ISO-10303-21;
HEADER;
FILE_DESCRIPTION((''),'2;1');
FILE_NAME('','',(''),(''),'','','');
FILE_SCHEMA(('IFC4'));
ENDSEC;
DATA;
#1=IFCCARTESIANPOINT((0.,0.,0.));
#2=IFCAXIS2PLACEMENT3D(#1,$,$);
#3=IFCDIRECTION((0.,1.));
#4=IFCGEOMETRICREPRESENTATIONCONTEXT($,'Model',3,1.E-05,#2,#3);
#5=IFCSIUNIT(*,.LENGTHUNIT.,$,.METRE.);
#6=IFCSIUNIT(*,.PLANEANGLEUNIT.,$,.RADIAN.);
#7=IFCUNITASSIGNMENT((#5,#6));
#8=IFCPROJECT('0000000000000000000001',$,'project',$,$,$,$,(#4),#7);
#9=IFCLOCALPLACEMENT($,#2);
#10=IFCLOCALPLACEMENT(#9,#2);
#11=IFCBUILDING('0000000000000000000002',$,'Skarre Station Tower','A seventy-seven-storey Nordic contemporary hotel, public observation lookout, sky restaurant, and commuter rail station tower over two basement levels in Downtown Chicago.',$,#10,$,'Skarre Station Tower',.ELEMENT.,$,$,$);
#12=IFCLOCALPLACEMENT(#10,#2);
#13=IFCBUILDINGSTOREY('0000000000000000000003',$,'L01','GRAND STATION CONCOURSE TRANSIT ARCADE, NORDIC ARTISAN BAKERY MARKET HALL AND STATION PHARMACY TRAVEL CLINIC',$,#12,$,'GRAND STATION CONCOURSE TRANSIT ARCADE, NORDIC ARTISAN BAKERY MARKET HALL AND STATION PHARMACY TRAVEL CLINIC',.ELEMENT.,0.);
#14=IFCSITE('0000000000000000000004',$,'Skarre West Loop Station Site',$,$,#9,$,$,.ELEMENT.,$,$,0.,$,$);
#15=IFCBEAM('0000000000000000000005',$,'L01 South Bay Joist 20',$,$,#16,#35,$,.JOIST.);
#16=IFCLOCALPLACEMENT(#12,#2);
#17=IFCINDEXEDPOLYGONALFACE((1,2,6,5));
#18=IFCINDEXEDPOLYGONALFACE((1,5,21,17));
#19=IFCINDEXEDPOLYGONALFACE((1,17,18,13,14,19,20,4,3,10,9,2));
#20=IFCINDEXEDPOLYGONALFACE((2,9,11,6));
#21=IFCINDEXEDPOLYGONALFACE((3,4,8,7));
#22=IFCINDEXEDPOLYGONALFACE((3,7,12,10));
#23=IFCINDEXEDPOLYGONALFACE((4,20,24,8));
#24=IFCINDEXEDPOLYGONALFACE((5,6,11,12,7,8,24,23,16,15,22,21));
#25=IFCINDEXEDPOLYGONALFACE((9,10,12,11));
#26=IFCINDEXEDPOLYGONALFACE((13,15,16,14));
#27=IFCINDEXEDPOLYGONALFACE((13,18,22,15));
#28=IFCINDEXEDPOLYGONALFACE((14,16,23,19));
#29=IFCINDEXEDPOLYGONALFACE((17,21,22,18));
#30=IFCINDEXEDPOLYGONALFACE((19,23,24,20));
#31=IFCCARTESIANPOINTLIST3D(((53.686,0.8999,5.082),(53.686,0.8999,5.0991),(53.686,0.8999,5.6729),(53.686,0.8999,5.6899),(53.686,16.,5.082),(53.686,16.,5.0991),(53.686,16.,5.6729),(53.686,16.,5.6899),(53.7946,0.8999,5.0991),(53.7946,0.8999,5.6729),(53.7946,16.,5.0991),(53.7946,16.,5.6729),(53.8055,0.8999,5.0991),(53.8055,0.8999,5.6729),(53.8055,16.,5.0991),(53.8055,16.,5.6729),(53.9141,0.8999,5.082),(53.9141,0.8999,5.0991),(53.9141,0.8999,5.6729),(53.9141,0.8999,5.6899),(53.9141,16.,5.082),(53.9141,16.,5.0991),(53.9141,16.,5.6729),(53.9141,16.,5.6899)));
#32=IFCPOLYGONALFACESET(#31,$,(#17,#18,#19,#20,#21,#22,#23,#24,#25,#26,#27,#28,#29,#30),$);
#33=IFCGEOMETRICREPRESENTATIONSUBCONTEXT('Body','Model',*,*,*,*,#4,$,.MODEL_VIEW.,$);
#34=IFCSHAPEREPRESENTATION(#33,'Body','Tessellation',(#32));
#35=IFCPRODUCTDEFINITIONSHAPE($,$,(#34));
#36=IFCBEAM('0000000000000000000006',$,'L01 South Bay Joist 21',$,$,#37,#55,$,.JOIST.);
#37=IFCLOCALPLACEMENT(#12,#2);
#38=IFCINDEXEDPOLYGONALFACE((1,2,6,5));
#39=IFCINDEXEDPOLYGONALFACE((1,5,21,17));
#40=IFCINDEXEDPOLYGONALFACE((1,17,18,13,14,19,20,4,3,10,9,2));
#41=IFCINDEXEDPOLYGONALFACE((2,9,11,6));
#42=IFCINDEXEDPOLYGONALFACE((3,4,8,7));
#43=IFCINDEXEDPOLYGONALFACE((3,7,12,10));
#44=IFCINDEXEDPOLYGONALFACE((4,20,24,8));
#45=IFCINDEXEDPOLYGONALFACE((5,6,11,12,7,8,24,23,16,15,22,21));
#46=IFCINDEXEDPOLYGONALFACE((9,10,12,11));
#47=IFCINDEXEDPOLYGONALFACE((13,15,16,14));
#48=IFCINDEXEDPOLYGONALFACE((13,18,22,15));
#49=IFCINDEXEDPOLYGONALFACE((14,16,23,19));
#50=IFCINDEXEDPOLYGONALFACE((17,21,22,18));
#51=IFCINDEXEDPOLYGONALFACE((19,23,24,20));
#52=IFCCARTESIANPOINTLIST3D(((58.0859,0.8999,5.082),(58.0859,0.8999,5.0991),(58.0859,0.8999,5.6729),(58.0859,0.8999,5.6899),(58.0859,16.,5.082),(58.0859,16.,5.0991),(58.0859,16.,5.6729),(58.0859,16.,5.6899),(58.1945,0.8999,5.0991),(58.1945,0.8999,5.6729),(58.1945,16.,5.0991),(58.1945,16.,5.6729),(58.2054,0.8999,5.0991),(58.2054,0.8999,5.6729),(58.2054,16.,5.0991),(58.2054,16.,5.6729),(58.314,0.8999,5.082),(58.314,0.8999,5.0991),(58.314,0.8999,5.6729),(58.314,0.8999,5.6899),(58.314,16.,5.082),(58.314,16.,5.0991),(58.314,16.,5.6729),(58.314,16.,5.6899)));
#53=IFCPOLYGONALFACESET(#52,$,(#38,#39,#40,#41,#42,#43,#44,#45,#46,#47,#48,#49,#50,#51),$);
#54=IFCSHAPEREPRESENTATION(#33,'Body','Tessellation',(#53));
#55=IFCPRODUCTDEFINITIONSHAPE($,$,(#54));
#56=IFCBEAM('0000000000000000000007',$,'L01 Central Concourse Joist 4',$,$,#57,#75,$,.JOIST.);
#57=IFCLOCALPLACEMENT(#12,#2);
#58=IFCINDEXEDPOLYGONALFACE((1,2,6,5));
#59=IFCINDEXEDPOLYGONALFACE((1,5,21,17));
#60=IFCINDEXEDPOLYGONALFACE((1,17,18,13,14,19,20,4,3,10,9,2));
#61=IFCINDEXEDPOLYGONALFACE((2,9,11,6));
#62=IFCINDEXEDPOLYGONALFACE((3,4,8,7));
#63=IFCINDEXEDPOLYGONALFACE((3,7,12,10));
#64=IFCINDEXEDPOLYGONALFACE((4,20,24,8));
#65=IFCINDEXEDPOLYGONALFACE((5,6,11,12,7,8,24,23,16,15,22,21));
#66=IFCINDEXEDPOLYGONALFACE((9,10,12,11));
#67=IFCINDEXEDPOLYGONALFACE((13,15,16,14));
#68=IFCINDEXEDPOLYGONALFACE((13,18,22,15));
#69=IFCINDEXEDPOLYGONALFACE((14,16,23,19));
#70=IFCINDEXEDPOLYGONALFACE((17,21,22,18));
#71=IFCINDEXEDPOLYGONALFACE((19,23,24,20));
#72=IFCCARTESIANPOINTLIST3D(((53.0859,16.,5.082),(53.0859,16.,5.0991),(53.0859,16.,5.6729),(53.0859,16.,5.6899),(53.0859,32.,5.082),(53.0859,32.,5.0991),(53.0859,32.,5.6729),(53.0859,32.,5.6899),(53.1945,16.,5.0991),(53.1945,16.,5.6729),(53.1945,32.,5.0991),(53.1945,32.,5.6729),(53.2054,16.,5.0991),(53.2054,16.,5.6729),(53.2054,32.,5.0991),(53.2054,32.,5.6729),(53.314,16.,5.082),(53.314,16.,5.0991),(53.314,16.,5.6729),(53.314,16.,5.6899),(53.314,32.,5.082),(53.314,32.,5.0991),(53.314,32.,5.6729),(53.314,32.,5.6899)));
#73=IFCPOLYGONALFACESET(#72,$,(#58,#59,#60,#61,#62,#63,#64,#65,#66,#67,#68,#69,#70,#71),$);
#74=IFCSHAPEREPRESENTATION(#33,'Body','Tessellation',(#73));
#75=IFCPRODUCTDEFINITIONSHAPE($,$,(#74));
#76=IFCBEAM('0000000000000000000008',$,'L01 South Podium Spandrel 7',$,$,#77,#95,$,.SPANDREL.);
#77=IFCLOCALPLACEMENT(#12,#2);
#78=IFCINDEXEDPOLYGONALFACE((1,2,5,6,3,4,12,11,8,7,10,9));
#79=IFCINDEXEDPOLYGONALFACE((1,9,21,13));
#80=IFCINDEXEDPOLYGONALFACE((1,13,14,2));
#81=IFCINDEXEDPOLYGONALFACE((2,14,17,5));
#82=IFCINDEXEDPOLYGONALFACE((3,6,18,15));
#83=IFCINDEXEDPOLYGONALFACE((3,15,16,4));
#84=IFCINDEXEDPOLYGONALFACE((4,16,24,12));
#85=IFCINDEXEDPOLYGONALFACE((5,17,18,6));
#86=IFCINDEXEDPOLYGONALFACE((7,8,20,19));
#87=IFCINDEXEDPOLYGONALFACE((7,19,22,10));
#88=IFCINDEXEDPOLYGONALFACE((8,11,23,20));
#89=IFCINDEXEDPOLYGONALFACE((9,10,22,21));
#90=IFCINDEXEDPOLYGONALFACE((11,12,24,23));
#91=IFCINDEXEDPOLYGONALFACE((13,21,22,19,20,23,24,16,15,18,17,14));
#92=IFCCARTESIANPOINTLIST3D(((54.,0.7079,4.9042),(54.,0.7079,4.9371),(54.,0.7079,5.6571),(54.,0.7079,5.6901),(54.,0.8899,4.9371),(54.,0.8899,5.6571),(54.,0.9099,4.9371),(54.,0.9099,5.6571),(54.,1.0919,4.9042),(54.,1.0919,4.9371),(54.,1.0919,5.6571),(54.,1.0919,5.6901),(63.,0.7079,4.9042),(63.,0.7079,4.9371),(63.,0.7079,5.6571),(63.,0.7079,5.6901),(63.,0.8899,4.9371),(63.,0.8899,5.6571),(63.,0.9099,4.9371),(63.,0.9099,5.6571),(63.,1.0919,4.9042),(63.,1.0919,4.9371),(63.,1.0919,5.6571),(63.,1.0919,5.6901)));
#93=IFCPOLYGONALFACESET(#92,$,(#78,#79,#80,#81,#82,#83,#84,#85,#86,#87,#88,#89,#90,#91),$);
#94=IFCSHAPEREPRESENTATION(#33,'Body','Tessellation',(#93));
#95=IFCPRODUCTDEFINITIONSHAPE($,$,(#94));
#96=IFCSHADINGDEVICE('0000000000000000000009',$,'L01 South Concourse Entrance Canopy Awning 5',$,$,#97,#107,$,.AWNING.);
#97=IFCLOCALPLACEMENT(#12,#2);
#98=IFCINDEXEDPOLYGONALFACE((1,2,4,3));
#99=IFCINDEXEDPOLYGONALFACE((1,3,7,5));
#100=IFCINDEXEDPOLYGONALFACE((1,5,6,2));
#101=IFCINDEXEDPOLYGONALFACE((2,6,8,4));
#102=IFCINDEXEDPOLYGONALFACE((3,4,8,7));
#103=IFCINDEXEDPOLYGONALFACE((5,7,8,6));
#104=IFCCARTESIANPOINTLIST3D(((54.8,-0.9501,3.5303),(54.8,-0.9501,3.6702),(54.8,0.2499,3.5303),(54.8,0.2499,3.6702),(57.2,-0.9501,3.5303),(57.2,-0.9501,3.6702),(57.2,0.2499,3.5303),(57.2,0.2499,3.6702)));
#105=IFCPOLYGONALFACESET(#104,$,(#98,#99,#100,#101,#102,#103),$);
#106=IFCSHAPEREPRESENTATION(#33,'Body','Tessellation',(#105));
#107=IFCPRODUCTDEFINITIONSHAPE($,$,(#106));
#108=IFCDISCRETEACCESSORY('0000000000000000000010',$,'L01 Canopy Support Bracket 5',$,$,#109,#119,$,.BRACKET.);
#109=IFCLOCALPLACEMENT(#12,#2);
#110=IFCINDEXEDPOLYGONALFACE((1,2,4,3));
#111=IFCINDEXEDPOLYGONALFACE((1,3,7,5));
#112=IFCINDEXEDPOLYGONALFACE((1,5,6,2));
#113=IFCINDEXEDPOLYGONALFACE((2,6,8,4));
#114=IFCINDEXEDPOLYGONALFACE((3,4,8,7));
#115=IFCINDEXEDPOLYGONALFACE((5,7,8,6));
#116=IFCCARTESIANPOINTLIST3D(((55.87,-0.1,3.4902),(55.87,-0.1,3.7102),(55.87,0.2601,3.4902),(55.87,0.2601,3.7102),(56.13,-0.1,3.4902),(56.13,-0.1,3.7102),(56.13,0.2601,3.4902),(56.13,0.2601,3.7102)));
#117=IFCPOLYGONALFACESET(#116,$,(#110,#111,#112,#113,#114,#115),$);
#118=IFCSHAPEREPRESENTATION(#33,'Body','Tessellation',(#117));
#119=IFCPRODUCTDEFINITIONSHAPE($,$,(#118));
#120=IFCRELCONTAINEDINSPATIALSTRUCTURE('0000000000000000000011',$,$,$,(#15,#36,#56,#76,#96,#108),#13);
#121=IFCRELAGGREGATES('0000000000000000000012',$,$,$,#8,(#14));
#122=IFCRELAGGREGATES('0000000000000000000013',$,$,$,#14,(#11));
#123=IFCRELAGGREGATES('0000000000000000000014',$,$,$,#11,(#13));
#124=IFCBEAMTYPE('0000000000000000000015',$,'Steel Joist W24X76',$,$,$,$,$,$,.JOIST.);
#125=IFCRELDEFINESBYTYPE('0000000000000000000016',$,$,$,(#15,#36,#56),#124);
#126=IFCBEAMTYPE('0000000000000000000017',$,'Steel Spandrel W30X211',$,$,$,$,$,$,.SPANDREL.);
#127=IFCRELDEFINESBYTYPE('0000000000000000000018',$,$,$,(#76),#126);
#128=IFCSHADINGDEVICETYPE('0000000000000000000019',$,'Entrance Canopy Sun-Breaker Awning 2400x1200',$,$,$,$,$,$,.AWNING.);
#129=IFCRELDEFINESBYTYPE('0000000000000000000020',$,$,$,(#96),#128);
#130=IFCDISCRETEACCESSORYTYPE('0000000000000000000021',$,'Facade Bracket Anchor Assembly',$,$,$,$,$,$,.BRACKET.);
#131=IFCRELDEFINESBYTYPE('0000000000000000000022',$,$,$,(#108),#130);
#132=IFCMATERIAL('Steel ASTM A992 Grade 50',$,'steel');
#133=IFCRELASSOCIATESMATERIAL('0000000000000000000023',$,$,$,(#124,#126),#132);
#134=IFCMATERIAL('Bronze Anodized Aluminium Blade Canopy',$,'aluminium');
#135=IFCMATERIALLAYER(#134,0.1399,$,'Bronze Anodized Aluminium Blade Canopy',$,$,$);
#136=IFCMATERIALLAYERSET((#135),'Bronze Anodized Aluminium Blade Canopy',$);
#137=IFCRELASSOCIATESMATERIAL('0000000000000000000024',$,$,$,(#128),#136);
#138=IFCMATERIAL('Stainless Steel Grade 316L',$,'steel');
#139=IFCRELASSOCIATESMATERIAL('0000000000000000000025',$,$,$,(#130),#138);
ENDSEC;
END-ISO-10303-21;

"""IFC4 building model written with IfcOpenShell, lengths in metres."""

from ifc_helpers import new_model, si_unit, direction, frame, origin, origin_2d, place, context, subcontext, project, spatial, rectangle, i_section, extrude, material, layer, layer_set, material_profile, profile_set, type_object, element, save


model = new_model("IFC4")

# Units and contexts
model_context = context("Model", 3, precision=1e-05, world=origin(), true_north=direction((0.0, 1.0)))
body_context = subcontext(model_context, "Body", "Model", "MODEL_VIEW")
ifc_project = project(units=[si_unit("LENGTHUNIT", "METRE"), si_unit("PLANEANGLEUNIT", "RADIAN")], contexts=[model_context])

# Site, building, storey
site_placement = place(None, origin())
site = spatial("IfcSite", under=ifc_project, at=site_placement, Name="Skarre West Loop Station Site", CompositionType="ELEMENT", RefElevation=0.0)
building_placement = place(site_placement, origin())
building = spatial("IfcBuilding", under=site, at=building_placement, Name="Skarre Station Tower", Description="A seventy-seven-storey Nordic contemporary hotel, public observation lookout, sky restaurant, and commuter rail station tower over two basement levels in Downtown Chicago.", LongName="Skarre Station Tower", CompositionType="ELEMENT")
storey_placement = place(building_placement, origin())
storey = spatial("IfcBuildingStorey", under=building, at=storey_placement, Name="L01", Description="GRAND STATION CONCOURSE TRANSIT ARCADE, NORDIC ARTISAN BAKERY MARKET HALL AND STATION PHARMACY TRAVEL CLINIC", LongName="GRAND STATION CONCOURSE TRANSIT ARCADE, NORDIC ARTISAN BAKERY MARKET HALL AND STATION PHARMACY TRAVEL CLINIC", CompositionType="ELEMENT", Elevation=0.0)

# Beams
ifc_material_1 = material(Name="Steel ASTM A992 Grade 50", Category="steel")
ifc_material_profile_1 = material_profile(ifc_material_1, i_section(OverallWidth=0.228, OverallDepth=0.6079, WebThickness=0.011, FlangeThickness=0.0171, at=origin_2d()), Name="Steel ASTM A992 Grade 50")
ifc_profile_set_1 = profile_set([ifc_material_profile_1], Name="Steel ASTM A992 Grade 50")
beam_type_1 = type_object("IfcBeamType", Name="Steel Joist W24X76", PredefinedType="JOIST", material=ifc_profile_set_1)
for number, where, z_axis, x_axis, name in (
    (1, (53.8, 0.8999, 5.386), (0.0, 1.0, 0.0), (-1.0, 0.0, 0.0), "L01 South Bay Joist 20"),
    (2, (58.2, 0.8999, 5.386), (0.0, 1.0, 0.0), (-1.0, 0.0, 0.0), "L01 South Bay Joist 21"),
):
    element("IfcBeam", number, at=place(storey_placement, frame(where, z_axis=z_axis, x_axis=x_axis)), inside=storey, type_object=beam_type_1, Name=name, PredefinedType="JOIST", context=body_context, shape_type="SweptSolid", body=[
        extrude(i_section(OverallWidth=0.228, OverallDepth=0.6079, WebThickness=0.011, FlangeThickness=0.0171, at=origin_2d()), origin(), (0.0, 0.0, 1.0), 15.1001),
    ])
beam_1_placement = place(storey_placement, frame((53.2, 16.0, 5.386), z_axis=(0.0, 1.0, 0.0), x_axis=(-1.0, 0.0, 0.0)))
element("IfcBeam", 3, at=beam_1_placement, inside=storey, type_object=beam_type_1, Name="L01 Central Concourse Joist 4", PredefinedType="JOIST", context=body_context, shape_type="SweptSolid", body=[
    extrude(i_section(OverallWidth=0.228, OverallDepth=0.6079, WebThickness=0.011, FlangeThickness=0.0171, at=origin_2d()), origin(), (0.0, 0.0, 1.0), 16.0),
])
ifc_material_profile_2 = material_profile(ifc_material_1, i_section(OverallWidth=0.384, OverallDepth=0.7859, WebThickness=0.02, FlangeThickness=0.033, at=origin_2d()), Name="Steel ASTM A992 Grade 50")
ifc_profile_set_2 = profile_set([ifc_material_profile_2], Name="Steel ASTM A992 Grade 50")
beam_type_2 = type_object("IfcBeamType", Name="Steel Spandrel W30X211", PredefinedType="SPANDREL", material=ifc_profile_set_2)
beam_2_placement = place(storey_placement, frame((54.0, 0.8999, 5.2971), z_axis=(1.0, 0.0, 0.0), x_axis=(0.0, 1.0, 0.0)))
element("IfcBeam", 4, at=beam_2_placement, inside=storey, type_object=beam_type_2, Name="L01 South Podium Spandrel 7", PredefinedType="SPANDREL", context=body_context, shape_type="SweptSolid", body=[
    extrude(i_section(OverallWidth=0.384, OverallDepth=0.7859, WebThickness=0.02, FlangeThickness=0.033, at=origin_2d()), origin(), (0.0, 0.0, 1.0), 9.0),
])

# Shading device
ifc_material_2 = material(Name="Bronze Anodized Aluminium Blade Canopy", Category="aluminium")
ifc_layer_1 = layer(ifc_material_2, 0.1399, Name="Bronze Anodized Aluminium Blade Canopy")
ifc_layer_set_1 = layer_set([ifc_layer_1], Name="Bronze Anodized Aluminium Blade Canopy")
shading_device_type = type_object("IfcShadingDeviceType", Name="Entrance Canopy Sun-Breaker Awning 2400x1200", PredefinedType="AWNING", material=ifc_layer_set_1)
shading_device_placement = place(storey_placement, frame((56.0, -0.3501, 3.5303), z_axis=(0.0, 0.0, 1.0), x_axis=(1.0, 0.0, 0.0)))
element("IfcShadingDevice", 5, at=shading_device_placement, inside=storey, type_object=shading_device_type, Name="L01 South Concourse Entrance Canopy Awning 5", PredefinedType="AWNING", context=body_context, shape_type="SweptSolid", body=[
    extrude(rectangle(XDim=2.3999, YDim=1.2, at=origin_2d()), origin(), (0.0, 0.0, 1.0), 0.1399),
])

# Discrete accessory
ifc_material_3 = material(Name="Stainless Steel Grade 316L", Category="steel")
discrete_accessory_type = type_object("IfcDiscreteAccessoryType", Name="Facade Bracket Anchor Assembly", PredefinedType="BRACKET", material=ifc_material_3)
discrete_accessory_placement = place(storey_placement, frame((56.0, 0.0801, 3.4902), z_axis=(0.0, 0.0, 1.0), x_axis=(1.0, 0.0, 0.0)))
element("IfcDiscreteAccessory", 6, at=discrete_accessory_placement, inside=storey, type_object=discrete_accessory_type, Name="L01 Canopy Support Bracket 5", PredefinedType="BRACKET", context=body_context, shape_type="SweptSolid", body=[
    extrude(rectangle(XDim=0.26, YDim=0.3601, at=origin_2d()), origin(), (0.0, 0.0, 1.0), 0.22),
])

save(model, "model.ifc")
